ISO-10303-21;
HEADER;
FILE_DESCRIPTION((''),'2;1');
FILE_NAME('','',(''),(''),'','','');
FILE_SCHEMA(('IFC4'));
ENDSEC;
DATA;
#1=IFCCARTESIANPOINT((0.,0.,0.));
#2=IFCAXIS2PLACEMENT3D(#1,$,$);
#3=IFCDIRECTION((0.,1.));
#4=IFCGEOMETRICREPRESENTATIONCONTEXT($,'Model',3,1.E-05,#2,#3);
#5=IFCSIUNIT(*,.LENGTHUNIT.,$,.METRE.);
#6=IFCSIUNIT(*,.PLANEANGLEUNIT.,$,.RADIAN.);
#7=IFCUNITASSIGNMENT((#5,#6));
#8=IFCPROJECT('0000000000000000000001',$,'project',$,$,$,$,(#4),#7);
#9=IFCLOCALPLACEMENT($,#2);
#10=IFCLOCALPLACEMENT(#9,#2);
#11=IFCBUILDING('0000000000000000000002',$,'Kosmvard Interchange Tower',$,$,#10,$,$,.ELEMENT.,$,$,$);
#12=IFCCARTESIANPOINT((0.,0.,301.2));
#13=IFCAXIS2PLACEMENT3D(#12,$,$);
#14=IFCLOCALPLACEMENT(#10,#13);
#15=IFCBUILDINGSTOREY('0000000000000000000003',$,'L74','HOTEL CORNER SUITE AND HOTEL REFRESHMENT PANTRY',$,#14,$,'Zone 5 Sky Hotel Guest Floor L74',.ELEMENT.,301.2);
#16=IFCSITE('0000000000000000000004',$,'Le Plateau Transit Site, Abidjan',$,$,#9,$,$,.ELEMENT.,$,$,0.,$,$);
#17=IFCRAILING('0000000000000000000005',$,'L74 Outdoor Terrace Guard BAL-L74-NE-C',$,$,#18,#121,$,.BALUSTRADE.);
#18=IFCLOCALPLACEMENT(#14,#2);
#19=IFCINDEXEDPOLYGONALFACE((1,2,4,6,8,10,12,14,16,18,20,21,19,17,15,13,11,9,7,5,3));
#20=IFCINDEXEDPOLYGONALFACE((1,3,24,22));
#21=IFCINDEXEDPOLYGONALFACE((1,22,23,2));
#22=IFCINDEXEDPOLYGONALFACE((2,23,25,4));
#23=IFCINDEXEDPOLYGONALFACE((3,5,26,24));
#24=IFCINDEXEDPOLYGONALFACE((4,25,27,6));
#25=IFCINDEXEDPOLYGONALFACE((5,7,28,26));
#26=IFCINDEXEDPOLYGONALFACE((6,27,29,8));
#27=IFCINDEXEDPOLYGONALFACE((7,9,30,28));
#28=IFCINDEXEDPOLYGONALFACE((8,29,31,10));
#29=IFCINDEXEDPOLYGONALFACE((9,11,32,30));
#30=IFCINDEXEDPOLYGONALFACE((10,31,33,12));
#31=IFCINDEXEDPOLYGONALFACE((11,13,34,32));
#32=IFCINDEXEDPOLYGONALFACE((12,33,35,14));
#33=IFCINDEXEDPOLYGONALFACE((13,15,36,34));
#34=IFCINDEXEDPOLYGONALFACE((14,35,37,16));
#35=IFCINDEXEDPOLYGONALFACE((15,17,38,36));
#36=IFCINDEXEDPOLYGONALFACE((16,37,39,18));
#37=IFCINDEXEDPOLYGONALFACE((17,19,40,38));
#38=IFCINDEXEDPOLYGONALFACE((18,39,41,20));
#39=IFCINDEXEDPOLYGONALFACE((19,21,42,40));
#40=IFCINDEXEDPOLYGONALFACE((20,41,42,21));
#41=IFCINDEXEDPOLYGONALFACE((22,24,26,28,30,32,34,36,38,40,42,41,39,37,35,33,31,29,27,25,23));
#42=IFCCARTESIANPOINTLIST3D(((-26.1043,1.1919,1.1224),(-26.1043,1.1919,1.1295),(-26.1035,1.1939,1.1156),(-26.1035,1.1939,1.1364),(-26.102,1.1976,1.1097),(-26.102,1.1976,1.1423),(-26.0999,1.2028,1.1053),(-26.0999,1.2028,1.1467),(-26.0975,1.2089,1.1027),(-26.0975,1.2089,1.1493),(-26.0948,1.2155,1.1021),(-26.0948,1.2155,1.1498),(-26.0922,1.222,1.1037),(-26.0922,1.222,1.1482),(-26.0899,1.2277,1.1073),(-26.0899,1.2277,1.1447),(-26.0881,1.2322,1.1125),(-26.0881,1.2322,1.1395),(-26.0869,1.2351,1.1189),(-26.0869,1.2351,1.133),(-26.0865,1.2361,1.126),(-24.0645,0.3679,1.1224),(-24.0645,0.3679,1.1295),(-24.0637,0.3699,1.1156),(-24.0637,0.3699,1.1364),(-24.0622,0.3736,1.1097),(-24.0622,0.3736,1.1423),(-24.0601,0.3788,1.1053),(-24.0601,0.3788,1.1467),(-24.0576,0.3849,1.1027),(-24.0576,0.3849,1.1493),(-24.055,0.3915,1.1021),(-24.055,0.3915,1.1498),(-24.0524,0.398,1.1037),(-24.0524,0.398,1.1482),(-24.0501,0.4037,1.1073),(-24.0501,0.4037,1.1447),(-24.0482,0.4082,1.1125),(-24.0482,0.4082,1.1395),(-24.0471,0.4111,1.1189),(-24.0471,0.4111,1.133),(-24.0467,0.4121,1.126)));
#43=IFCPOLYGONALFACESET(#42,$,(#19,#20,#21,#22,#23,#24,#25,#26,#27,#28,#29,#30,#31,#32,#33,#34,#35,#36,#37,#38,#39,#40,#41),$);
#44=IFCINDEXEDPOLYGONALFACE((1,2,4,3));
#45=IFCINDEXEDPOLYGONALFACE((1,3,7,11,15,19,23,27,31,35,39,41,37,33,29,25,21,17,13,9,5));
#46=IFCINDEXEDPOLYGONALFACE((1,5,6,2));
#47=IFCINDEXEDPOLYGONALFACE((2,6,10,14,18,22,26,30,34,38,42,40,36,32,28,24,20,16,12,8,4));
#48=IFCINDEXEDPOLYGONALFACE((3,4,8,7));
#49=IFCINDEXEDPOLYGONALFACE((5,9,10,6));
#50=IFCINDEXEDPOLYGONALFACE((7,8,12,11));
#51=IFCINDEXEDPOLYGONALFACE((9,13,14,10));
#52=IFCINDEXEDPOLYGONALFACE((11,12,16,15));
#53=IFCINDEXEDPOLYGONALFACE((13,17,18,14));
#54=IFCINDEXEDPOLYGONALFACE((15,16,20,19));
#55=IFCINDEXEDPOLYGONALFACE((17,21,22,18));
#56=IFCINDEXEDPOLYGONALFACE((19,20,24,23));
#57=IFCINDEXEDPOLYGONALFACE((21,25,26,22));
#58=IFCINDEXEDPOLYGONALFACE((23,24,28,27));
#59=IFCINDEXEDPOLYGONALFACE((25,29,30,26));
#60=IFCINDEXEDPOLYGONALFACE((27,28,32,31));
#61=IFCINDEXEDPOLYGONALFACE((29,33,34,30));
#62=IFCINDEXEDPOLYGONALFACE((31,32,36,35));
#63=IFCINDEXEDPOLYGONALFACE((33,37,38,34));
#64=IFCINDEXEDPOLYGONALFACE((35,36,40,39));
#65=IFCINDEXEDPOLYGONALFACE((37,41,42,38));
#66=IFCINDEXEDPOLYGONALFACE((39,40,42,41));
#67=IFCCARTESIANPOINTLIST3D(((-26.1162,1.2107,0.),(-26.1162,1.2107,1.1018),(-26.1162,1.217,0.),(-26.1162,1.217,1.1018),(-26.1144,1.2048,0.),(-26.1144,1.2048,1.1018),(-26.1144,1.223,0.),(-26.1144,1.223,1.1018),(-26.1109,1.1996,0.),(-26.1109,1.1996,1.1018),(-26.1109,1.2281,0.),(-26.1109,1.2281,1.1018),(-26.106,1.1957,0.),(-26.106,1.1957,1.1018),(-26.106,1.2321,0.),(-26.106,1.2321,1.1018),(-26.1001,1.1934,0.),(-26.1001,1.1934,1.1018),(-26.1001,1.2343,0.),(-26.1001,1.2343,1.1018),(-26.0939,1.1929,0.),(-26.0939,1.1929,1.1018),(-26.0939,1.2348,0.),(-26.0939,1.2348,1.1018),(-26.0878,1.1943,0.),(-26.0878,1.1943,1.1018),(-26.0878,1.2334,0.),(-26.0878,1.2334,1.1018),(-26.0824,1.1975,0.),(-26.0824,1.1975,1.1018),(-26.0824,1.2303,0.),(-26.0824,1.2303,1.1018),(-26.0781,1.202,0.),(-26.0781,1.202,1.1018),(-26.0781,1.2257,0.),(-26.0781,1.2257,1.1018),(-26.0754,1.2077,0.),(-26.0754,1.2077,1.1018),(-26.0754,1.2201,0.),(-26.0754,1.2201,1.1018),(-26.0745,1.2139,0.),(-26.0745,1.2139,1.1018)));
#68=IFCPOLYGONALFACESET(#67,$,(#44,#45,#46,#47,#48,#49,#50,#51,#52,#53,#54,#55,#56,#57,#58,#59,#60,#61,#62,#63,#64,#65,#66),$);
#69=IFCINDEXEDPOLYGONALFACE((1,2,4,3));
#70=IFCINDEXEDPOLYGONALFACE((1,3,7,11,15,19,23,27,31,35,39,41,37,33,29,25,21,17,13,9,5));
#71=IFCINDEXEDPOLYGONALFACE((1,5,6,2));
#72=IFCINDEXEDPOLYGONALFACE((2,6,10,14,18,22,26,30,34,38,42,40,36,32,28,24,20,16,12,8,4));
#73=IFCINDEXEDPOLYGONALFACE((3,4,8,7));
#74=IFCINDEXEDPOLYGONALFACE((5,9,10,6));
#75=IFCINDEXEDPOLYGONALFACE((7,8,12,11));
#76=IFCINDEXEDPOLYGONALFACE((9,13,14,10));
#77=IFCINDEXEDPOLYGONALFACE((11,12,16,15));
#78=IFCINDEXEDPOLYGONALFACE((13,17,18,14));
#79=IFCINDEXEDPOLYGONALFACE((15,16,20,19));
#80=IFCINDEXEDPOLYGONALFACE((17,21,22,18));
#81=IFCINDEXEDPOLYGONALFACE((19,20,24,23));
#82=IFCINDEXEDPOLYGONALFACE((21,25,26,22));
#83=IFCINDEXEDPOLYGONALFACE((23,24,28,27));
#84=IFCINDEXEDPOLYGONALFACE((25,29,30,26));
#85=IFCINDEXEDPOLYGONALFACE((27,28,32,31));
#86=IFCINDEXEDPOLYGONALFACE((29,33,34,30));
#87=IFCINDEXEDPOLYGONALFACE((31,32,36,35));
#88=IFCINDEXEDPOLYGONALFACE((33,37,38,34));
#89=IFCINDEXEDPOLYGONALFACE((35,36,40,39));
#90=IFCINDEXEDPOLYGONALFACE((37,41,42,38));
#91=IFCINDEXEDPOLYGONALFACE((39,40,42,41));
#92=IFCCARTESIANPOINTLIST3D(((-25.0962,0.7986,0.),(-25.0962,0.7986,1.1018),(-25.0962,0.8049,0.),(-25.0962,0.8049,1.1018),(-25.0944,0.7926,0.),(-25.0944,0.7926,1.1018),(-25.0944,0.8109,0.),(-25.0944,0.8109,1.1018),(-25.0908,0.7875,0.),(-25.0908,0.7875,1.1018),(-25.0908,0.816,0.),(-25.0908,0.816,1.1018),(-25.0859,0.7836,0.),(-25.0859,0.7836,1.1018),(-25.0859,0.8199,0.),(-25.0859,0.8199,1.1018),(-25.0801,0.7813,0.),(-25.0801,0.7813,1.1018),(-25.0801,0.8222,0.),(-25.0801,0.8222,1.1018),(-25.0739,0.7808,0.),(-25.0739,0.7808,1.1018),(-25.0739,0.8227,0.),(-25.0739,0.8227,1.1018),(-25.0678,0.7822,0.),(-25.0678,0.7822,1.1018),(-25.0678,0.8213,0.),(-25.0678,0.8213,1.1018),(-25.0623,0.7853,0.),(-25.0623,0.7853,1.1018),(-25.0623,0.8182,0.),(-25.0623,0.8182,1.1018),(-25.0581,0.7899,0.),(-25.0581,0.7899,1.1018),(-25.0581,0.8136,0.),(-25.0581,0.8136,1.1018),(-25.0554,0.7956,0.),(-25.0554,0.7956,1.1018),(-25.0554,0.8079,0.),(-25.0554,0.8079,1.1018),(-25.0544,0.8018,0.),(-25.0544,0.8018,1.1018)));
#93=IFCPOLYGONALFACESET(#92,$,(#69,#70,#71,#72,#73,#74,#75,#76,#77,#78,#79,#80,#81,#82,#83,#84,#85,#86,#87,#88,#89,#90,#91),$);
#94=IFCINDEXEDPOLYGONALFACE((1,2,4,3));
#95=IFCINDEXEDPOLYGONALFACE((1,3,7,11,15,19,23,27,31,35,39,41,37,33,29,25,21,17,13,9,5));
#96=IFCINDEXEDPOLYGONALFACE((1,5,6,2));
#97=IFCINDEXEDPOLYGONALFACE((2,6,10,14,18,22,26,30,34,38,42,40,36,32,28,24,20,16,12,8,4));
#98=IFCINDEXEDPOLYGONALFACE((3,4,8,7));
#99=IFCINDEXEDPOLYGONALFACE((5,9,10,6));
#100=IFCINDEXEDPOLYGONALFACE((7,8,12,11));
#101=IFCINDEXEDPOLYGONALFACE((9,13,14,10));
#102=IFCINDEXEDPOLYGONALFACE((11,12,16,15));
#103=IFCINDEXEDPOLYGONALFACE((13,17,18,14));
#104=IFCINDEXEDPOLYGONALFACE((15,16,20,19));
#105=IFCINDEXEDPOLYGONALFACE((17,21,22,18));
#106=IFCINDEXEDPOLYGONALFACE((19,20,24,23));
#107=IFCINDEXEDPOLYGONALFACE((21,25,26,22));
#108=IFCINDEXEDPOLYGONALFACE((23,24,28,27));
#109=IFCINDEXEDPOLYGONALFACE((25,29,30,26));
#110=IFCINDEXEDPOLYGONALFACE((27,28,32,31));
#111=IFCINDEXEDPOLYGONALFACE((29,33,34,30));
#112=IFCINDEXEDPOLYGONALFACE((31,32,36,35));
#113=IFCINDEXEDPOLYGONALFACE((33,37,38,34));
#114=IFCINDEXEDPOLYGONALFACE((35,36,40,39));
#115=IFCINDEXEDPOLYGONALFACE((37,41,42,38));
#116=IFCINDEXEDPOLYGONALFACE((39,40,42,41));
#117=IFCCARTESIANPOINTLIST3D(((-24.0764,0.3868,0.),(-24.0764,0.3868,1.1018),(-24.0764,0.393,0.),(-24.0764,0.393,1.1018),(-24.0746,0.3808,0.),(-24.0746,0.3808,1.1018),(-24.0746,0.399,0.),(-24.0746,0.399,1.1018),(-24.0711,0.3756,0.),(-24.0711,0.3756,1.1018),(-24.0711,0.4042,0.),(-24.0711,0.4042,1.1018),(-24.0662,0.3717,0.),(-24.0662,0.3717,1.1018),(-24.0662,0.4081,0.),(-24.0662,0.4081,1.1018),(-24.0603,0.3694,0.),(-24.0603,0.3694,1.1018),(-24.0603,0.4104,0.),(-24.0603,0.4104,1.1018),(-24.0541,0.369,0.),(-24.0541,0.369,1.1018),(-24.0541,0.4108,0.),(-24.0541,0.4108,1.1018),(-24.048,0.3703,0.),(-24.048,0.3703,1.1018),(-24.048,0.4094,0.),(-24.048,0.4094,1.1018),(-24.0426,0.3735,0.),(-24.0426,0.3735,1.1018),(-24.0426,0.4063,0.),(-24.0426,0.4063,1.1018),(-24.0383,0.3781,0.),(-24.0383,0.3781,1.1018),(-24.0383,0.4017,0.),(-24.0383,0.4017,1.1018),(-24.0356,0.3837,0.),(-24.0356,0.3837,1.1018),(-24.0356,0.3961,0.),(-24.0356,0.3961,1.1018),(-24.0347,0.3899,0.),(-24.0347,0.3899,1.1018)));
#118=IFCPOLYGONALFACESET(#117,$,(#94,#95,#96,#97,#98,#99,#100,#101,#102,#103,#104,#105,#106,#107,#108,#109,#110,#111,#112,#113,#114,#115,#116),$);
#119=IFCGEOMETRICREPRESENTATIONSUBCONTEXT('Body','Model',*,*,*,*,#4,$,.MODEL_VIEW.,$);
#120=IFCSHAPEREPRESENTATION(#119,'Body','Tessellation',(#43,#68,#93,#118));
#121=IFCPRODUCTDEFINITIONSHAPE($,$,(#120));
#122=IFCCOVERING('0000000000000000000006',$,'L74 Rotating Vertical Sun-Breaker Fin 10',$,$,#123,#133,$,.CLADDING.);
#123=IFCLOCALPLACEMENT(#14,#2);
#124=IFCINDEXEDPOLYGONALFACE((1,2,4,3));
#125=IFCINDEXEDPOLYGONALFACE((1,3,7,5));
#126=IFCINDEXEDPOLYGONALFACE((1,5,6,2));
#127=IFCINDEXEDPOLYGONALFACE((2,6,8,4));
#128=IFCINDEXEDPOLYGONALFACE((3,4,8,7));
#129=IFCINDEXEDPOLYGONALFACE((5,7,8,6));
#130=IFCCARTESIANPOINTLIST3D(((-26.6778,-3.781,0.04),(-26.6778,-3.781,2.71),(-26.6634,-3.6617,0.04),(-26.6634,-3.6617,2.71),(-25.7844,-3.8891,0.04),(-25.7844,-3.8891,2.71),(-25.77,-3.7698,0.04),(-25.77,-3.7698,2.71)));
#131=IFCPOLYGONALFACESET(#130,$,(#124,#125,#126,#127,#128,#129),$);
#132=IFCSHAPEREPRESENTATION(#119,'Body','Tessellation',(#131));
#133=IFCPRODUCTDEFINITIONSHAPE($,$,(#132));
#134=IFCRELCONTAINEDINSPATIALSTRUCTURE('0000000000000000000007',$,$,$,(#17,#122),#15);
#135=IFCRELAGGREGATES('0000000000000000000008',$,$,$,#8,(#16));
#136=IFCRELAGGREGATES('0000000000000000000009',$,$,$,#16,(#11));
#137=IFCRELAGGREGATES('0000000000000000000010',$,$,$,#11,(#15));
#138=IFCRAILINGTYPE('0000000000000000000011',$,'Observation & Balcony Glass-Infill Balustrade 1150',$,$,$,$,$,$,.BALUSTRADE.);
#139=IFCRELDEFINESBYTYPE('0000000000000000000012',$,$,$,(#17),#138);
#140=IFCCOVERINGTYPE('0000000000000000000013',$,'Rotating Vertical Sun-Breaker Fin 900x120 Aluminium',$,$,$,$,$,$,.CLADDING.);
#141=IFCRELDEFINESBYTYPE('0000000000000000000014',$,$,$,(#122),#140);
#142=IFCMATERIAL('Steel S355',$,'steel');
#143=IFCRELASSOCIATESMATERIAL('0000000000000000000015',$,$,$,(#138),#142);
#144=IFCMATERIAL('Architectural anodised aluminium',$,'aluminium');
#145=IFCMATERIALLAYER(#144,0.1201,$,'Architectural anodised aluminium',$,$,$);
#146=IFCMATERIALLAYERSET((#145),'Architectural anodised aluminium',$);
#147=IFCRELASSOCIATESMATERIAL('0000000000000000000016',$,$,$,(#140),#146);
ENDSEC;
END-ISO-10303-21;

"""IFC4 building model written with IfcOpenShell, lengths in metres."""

from ifc_helpers import new_model, si_unit, direction, frame, origin, origin_2d, place, context, subcontext, project, spatial, rectangle, circle, extrude, source, transform, mapped, material, layer, layer_set, type_object, element, save


model = new_model("IFC4")

# Units and contexts
model_context = context("Model", 3, precision=1e-05, world=origin(), true_north=direction((0.0, 1.0)))
body_context = subcontext(model_context, "Body", "Model", "MODEL_VIEW")
ifc_project = project(units=[si_unit("LENGTHUNIT", "METRE"), si_unit("PLANEANGLEUNIT", "RADIAN")], contexts=[model_context])

# Site, building, storey
site_placement = place(None, origin())
site = spatial("IfcSite", under=ifc_project, at=site_placement, Name="Le Plateau Transit Site, Abidjan", CompositionType="ELEMENT", RefElevation=0.0)
building_placement = place(site_placement, origin())
building = spatial("IfcBuilding", under=site, at=building_placement, Name="Kosmvard Interchange Tower", CompositionType="ELEMENT")
storey_placement = place(building_placement, frame((0.0, 0.0, 301.2)))
storey = spatial("IfcBuildingStorey", under=building, at=storey_placement, Name="L74", Description="HOTEL CORNER SUITE AND HOTEL REFRESHMENT PANTRY", LongName="Zone 5 Sky Hotel Guest Floor L74", CompositionType="ELEMENT", Elevation=301.2)

# Shared definitions
ifc_material_1 = material(Name="Steel S355", Category="steel")

# Railing
railing_type = type_object("IfcRailingType", Name="Observation & Balcony Glass-Infill Balustrade 1150", PredefinedType="BALUSTRADE", material=ifc_material_1)
shared_shape_1 = source(origin(), body_context, "Body", "SweptSolid", [
    extrude(circle(Radius=0.0239, at=origin_2d()), frame((0.0, 0.0, 1.126), z_axis=(0.927208, -0.374546, 0.0), x_axis=(0.374546, 0.927208, 0.0)), (0.0, 0.0, 1.0), 2.2),
    extrude(circle(Radius=0.021, at=origin_2d()), origin(), (0.0, 0.0, 1.0), 1.1018),
    extrude(circle(Radius=0.021, at=origin_2d()), frame((1.02, -0.4121, 0.0)), (0.0, 0.0, 1.0), 1.1018),
    extrude(circle(Radius=0.021, at=origin_2d()), frame((2.0398, -0.824, 0.0)), (0.0, 0.0, 1.0), 1.1018),
])
railing_placement = place(storey_placement, frame((-26.0955, 1.2139, 0.0)))
element("IfcRailing", 1, at=railing_placement, inside=storey, type_object=railing_type, Name="L74 Outdoor Terrace Guard BAL-L74-NE-C", PredefinedType="BALUSTRADE", context=body_context, shape_type="MappedRepresentation", body=[
    mapped(shared_shape_1, transform((0.0, 0.0, 0.0), scale=1.0)),
])

# Covering
ifc_material_2 = material(Name="Architectural anodised aluminium", Category="aluminium")
ifc_layer_1 = layer(ifc_material_2, 0.1201, Name="Architectural anodised aluminium")
ifc_layer_set_1 = layer_set([ifc_layer_1], Name="Architectural anodised aluminium")
covering_type = type_object("IfcCoveringType", Name="Rotating Vertical Sun-Breaker Fin 900x120 Aluminium", PredefinedType="CLADDING", material=ifc_layer_set_1)
shared_shape_2 = source(origin(), body_context, "Body", "SweptSolid", [
    extrude(rectangle(XDim=0.8999, YDim=0.1201, at=origin_2d()), origin(), (0.0, 0.0, 1.0), 2.6699),
])
covering_placement = place(storey_placement, frame((-26.2239, -3.7754, 0.04), z_axis=(0.0, 0.0, 1.0), x_axis=(-0.992757, 0.120137, 0.0)))
element("IfcCovering", 2, at=covering_placement, inside=storey, type_object=covering_type, Name="L74 Rotating Vertical Sun-Breaker Fin 10", PredefinedType="CLADDING", context=body_context, shape_type="MappedRepresentation", body=[
    mapped(shared_shape_2, transform((0.0, 0.0, 0.0), scale=1.0)),
])

save(model, "model.ifc")
